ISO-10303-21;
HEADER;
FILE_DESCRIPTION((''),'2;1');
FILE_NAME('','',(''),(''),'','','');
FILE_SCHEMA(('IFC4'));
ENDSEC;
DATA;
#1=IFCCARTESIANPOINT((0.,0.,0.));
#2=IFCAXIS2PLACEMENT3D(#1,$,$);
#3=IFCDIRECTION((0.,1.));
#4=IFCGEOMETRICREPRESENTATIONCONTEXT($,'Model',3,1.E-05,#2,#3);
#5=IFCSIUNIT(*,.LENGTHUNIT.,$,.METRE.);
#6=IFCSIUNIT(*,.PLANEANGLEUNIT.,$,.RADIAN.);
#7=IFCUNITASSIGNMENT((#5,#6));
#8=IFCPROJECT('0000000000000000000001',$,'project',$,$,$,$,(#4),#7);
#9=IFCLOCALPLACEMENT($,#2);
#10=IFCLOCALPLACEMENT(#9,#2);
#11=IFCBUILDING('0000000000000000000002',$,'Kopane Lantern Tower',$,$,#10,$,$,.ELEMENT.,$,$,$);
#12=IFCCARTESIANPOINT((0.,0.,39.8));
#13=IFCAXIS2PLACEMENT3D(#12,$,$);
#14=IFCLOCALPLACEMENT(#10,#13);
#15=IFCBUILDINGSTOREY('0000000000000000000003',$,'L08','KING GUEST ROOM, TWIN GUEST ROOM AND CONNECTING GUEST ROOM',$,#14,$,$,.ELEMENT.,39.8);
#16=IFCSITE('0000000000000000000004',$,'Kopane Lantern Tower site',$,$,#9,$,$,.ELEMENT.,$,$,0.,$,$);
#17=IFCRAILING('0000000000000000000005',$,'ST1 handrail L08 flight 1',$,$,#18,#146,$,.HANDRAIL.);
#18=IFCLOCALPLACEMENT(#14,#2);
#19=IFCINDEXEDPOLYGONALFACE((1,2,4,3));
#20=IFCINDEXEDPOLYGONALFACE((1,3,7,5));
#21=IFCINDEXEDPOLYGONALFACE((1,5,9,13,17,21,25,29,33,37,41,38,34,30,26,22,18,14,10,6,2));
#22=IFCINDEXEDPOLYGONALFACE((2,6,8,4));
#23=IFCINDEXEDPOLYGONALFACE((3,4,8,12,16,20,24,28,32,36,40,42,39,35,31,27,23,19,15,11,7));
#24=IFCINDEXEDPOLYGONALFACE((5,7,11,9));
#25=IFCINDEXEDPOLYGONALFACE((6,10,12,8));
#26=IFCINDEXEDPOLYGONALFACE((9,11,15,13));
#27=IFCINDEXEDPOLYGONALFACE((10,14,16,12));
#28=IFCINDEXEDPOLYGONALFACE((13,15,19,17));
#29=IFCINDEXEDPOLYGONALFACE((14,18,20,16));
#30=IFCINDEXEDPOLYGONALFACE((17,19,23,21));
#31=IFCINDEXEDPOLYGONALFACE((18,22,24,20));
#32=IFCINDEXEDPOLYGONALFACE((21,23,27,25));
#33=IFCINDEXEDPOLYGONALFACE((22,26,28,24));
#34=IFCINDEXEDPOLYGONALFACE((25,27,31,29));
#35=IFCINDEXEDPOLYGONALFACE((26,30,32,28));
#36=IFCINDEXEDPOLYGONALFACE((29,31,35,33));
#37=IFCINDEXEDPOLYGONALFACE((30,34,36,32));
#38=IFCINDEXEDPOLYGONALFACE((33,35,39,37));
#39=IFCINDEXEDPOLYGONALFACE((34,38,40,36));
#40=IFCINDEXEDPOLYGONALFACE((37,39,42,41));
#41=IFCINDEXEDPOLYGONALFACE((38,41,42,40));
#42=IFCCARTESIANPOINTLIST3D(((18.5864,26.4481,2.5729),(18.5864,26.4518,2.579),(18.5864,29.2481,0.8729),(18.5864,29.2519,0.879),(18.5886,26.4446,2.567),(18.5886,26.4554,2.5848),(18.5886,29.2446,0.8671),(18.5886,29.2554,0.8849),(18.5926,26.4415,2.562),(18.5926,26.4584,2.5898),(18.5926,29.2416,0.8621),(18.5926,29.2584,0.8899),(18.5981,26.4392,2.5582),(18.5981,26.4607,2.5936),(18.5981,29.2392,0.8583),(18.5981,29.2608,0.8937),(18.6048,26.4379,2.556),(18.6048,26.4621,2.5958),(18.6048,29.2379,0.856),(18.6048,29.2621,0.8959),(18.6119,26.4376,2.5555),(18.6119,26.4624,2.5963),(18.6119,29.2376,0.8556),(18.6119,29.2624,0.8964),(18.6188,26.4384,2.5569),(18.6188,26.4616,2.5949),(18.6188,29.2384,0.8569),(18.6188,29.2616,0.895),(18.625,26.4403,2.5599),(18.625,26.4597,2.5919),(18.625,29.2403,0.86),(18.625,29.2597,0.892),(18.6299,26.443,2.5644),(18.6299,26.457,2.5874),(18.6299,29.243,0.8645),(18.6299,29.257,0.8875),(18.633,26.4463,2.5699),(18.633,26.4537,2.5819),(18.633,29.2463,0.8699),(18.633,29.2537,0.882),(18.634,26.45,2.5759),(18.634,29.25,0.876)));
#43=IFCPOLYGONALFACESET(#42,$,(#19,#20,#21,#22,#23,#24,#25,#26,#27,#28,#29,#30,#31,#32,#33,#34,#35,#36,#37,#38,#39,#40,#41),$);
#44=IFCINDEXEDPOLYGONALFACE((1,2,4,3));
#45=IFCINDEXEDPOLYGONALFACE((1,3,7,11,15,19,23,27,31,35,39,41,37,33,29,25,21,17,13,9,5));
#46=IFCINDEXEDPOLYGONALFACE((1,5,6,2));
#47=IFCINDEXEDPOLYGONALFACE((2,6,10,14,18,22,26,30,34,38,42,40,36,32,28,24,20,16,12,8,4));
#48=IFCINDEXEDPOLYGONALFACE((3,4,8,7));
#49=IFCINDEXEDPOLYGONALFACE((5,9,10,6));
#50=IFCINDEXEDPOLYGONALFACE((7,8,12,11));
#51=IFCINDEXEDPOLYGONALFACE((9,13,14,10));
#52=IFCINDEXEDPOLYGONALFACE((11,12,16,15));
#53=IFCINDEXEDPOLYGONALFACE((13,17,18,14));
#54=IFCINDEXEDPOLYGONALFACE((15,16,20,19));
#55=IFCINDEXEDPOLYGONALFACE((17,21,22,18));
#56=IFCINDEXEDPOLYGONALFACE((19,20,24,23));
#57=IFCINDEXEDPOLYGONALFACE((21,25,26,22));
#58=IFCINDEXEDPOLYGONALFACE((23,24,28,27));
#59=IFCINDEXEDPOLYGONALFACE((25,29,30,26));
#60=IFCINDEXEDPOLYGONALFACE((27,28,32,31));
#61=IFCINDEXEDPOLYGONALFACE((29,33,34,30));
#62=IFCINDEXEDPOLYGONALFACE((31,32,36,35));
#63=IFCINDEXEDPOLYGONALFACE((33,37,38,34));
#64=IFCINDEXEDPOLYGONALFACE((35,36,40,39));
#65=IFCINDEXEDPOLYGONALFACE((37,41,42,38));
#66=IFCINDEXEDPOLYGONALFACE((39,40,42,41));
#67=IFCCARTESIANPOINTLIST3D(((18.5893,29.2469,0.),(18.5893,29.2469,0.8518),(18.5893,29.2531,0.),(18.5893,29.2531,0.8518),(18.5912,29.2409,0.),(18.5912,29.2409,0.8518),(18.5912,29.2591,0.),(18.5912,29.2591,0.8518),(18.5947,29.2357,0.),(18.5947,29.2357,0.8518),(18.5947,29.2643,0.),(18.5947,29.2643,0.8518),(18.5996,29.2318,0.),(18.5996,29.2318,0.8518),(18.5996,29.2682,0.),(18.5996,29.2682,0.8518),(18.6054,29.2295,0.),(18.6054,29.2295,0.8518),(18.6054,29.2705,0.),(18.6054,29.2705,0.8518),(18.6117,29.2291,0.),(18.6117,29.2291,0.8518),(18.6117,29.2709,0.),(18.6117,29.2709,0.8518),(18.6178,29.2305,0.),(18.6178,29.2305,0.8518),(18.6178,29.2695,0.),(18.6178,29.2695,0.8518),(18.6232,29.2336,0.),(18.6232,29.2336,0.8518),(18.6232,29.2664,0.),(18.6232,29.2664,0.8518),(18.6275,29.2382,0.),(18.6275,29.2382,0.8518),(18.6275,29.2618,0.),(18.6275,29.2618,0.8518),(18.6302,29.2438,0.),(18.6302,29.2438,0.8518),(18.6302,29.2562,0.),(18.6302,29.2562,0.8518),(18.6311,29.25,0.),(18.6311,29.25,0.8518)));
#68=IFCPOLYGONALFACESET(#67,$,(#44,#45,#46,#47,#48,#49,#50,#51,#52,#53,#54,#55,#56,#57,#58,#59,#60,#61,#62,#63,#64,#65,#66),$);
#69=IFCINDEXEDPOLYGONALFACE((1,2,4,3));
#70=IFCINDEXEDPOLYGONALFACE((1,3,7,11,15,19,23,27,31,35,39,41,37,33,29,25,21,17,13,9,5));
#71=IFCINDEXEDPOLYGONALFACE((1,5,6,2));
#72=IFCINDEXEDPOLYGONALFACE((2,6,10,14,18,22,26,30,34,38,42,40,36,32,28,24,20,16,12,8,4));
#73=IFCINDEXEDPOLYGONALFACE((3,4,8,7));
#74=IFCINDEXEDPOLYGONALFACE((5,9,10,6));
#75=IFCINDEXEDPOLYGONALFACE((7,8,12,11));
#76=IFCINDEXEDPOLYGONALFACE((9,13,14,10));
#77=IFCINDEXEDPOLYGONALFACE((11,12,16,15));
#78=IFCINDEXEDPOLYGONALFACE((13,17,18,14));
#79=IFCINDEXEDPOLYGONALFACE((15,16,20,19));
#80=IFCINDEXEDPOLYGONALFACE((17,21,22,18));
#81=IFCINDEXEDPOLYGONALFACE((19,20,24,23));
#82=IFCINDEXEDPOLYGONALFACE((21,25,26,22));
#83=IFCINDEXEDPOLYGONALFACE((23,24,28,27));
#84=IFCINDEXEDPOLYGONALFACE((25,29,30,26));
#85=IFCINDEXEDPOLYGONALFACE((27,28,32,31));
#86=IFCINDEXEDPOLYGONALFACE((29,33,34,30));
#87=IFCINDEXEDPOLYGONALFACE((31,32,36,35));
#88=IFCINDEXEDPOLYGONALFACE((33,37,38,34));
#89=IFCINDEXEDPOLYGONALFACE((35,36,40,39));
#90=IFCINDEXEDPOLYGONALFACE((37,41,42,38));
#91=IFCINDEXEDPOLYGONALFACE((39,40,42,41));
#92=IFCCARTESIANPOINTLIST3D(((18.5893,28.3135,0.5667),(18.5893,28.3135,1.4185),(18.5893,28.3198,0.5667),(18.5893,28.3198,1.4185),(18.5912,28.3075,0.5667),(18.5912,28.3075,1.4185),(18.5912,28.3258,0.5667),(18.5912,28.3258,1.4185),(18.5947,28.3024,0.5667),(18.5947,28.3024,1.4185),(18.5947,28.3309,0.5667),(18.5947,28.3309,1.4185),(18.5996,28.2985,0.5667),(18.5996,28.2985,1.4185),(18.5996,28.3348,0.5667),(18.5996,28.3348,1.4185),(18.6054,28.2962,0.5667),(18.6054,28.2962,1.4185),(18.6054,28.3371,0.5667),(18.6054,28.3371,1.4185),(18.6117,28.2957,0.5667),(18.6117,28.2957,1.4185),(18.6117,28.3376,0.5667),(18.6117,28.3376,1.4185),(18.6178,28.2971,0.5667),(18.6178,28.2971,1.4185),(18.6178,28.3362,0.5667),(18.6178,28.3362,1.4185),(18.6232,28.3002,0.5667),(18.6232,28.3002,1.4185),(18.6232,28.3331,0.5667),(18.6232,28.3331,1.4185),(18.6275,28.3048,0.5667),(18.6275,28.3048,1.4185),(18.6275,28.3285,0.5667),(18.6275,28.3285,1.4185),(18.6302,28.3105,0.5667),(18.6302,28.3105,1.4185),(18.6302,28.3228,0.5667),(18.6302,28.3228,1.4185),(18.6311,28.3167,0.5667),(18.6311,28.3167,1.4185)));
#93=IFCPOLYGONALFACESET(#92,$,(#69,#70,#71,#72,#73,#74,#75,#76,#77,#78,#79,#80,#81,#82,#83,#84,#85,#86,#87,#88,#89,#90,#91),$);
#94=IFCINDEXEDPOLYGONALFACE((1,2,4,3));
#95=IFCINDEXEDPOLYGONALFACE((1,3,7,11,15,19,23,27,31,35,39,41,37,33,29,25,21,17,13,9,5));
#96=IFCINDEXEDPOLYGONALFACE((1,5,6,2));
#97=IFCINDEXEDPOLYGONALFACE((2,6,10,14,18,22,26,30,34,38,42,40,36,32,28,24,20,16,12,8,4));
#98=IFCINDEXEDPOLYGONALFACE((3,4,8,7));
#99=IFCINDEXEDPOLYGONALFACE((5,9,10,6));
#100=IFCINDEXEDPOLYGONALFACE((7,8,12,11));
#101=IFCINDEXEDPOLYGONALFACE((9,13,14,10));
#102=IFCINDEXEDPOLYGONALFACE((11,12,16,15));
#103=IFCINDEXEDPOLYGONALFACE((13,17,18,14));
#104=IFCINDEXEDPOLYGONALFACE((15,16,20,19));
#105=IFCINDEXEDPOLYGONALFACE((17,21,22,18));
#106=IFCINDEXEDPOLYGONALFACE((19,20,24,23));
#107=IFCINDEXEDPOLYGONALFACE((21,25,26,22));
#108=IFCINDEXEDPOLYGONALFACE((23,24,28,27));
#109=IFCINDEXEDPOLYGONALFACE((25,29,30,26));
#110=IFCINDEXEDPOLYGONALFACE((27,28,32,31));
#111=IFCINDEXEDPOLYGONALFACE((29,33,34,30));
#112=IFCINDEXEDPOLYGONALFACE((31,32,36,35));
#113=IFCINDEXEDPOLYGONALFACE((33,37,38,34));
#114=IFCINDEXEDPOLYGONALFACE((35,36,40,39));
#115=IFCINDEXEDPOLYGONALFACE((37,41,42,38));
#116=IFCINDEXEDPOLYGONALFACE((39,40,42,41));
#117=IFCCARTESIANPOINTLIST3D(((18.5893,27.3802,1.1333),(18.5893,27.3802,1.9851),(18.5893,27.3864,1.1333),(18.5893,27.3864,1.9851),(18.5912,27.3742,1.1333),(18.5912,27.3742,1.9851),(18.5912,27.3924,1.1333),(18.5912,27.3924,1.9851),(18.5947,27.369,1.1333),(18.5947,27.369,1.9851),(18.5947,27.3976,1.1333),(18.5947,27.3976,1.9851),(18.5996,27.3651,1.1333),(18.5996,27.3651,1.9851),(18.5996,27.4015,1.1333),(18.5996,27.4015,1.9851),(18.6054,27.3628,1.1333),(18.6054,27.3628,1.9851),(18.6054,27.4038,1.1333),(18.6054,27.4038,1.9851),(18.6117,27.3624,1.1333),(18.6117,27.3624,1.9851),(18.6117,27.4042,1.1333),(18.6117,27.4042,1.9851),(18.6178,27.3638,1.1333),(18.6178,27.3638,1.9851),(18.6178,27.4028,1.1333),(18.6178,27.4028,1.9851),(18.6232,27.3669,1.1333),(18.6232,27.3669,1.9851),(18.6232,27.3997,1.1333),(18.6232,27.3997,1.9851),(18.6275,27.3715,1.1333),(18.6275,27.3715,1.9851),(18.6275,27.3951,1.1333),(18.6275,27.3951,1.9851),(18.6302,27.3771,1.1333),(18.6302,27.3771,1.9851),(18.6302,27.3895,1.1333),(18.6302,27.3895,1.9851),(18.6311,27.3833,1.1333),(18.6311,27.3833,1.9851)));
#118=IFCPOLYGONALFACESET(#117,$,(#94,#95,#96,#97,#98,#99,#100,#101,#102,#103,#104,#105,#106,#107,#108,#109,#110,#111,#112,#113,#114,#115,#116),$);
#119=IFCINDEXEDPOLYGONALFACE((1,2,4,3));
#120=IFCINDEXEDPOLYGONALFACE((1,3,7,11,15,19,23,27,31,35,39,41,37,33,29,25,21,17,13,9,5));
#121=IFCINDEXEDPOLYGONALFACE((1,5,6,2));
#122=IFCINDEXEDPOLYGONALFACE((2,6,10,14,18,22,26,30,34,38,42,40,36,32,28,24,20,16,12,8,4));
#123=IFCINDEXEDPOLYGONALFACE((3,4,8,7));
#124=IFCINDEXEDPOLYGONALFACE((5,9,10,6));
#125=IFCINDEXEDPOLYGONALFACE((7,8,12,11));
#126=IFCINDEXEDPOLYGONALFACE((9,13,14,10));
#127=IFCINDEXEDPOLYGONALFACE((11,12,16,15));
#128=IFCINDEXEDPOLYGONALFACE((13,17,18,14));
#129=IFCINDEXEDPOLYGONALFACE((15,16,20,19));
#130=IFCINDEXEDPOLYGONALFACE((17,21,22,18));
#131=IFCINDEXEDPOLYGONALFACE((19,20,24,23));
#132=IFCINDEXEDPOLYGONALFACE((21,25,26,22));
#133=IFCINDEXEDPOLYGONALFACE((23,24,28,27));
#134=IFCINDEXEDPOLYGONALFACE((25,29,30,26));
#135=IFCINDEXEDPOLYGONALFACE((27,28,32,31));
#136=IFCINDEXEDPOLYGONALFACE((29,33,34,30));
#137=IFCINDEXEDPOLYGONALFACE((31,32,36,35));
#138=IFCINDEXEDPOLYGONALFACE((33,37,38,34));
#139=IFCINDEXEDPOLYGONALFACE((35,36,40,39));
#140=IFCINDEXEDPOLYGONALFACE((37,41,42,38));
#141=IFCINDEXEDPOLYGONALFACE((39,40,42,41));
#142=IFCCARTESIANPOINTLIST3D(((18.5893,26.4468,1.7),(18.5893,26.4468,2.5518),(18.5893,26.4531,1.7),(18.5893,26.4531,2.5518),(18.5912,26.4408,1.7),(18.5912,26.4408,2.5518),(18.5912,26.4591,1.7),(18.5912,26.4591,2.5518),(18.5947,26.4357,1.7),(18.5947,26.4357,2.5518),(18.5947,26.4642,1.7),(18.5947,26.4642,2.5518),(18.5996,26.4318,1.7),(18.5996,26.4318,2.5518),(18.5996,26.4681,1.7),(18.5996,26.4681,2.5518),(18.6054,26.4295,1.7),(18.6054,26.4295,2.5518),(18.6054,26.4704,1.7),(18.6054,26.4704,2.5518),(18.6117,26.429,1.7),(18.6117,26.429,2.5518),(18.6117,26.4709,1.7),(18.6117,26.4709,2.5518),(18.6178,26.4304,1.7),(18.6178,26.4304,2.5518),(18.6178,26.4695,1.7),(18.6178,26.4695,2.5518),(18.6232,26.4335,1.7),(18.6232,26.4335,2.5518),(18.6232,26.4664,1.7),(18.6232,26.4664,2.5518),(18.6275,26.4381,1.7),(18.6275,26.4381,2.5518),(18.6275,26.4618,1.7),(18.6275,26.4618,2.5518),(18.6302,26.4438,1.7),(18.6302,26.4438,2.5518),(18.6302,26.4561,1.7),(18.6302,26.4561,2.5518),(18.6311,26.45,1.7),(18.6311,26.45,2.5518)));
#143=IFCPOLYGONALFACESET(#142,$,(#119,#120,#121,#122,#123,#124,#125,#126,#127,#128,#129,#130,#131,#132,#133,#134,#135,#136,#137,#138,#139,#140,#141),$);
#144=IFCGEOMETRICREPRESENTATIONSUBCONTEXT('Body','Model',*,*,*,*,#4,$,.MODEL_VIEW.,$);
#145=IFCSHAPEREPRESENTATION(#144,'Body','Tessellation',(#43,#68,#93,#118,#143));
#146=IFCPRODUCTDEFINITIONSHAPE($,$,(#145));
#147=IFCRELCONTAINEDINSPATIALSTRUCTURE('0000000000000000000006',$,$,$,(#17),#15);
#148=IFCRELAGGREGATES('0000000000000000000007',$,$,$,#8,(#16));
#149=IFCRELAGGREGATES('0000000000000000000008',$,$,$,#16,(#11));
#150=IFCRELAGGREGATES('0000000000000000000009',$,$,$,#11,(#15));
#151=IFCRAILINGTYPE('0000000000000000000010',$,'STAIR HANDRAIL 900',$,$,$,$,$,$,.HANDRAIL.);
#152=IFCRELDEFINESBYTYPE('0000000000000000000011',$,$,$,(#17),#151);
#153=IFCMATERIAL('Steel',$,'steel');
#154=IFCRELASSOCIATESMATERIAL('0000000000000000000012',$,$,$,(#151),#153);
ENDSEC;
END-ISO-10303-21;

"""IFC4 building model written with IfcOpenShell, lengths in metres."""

from ifc_helpers import new_model, si_unit, direction, frame, origin, origin_2d, place, context, subcontext, project, spatial, circle, extrude, material, type_object, element, save


model = new_model("IFC4")

# Units and contexts
model_context = context("Model", 3, precision=1e-05, world=origin(), true_north=direction((0.0, 1.0)))
body_context = subcontext(model_context, "Body", "Model", "MODEL_VIEW")
ifc_project = project(units=[si_unit("LENGTHUNIT", "METRE"), si_unit("PLANEANGLEUNIT", "RADIAN")], contexts=[model_context])

# Site, building, storey
site_placement = place(None, origin())
site = spatial("IfcSite", under=ifc_project, at=site_placement, Name="Kopane Lantern Tower site", CompositionType="ELEMENT", RefElevation=0.0)
building_placement = place(site_placement, origin())
building = spatial("IfcBuilding", under=site, at=building_placement, Name="Kopane Lantern Tower", CompositionType="ELEMENT")
storey_placement = place(building_placement, frame((0.0, 0.0, 39.8)))
storey = spatial("IfcBuildingStorey", under=building, at=storey_placement, Name="L08", Description="KING GUEST ROOM, TWIN GUEST ROOM AND CONNECTING GUEST ROOM", CompositionType="ELEMENT", Elevation=39.8)

# Railing
ifc_material_1 = material(Name="Steel", Category="steel")
railing_type_1 = type_object("IfcRailingType", Name="STAIR HANDRAIL 900", PredefinedType="HANDRAIL", material=ifc_material_1)
for number, where, name in (
    (1, (18.6101, 29.25, 0.0), "ST1 handrail L08 flight 1"),
):
    element("IfcRailing", number, at=place(storey_placement, frame(where)), inside=storey, type_object=railing_type_1, Name=name, PredefinedType="HANDRAIL", context=body_context, shape_type="SweptSolid", body=[
        extrude(circle(Radius=0.0239, at=origin_2d()), frame((0.0, 0.0, 0.876), z_axis=(0.0, -0.854798, 0.518961), x_axis=(1.0, 0.0, 0.0)), (0.0, 0.0, 1.0), 3.2756),
        extrude(circle(Radius=0.021, at=origin_2d()), origin(), (0.0, 0.0, 1.0), 0.8518),
        extrude(circle(Radius=0.021, at=origin_2d()), frame((0.0, -0.9333, 0.5667)), (0.0, 0.0, 1.0), 0.8518),
        extrude(circle(Radius=0.021, at=origin_2d()), frame((0.0, -1.8667, 1.1333)), (0.0, 0.0, 1.0), 0.8518),
        extrude(circle(Radius=0.021, at=origin_2d()), frame((0.0, -2.8, 1.7)), (0.0, 0.0, 1.0), 0.8518),
    ])

save(model, "model.ifc")
